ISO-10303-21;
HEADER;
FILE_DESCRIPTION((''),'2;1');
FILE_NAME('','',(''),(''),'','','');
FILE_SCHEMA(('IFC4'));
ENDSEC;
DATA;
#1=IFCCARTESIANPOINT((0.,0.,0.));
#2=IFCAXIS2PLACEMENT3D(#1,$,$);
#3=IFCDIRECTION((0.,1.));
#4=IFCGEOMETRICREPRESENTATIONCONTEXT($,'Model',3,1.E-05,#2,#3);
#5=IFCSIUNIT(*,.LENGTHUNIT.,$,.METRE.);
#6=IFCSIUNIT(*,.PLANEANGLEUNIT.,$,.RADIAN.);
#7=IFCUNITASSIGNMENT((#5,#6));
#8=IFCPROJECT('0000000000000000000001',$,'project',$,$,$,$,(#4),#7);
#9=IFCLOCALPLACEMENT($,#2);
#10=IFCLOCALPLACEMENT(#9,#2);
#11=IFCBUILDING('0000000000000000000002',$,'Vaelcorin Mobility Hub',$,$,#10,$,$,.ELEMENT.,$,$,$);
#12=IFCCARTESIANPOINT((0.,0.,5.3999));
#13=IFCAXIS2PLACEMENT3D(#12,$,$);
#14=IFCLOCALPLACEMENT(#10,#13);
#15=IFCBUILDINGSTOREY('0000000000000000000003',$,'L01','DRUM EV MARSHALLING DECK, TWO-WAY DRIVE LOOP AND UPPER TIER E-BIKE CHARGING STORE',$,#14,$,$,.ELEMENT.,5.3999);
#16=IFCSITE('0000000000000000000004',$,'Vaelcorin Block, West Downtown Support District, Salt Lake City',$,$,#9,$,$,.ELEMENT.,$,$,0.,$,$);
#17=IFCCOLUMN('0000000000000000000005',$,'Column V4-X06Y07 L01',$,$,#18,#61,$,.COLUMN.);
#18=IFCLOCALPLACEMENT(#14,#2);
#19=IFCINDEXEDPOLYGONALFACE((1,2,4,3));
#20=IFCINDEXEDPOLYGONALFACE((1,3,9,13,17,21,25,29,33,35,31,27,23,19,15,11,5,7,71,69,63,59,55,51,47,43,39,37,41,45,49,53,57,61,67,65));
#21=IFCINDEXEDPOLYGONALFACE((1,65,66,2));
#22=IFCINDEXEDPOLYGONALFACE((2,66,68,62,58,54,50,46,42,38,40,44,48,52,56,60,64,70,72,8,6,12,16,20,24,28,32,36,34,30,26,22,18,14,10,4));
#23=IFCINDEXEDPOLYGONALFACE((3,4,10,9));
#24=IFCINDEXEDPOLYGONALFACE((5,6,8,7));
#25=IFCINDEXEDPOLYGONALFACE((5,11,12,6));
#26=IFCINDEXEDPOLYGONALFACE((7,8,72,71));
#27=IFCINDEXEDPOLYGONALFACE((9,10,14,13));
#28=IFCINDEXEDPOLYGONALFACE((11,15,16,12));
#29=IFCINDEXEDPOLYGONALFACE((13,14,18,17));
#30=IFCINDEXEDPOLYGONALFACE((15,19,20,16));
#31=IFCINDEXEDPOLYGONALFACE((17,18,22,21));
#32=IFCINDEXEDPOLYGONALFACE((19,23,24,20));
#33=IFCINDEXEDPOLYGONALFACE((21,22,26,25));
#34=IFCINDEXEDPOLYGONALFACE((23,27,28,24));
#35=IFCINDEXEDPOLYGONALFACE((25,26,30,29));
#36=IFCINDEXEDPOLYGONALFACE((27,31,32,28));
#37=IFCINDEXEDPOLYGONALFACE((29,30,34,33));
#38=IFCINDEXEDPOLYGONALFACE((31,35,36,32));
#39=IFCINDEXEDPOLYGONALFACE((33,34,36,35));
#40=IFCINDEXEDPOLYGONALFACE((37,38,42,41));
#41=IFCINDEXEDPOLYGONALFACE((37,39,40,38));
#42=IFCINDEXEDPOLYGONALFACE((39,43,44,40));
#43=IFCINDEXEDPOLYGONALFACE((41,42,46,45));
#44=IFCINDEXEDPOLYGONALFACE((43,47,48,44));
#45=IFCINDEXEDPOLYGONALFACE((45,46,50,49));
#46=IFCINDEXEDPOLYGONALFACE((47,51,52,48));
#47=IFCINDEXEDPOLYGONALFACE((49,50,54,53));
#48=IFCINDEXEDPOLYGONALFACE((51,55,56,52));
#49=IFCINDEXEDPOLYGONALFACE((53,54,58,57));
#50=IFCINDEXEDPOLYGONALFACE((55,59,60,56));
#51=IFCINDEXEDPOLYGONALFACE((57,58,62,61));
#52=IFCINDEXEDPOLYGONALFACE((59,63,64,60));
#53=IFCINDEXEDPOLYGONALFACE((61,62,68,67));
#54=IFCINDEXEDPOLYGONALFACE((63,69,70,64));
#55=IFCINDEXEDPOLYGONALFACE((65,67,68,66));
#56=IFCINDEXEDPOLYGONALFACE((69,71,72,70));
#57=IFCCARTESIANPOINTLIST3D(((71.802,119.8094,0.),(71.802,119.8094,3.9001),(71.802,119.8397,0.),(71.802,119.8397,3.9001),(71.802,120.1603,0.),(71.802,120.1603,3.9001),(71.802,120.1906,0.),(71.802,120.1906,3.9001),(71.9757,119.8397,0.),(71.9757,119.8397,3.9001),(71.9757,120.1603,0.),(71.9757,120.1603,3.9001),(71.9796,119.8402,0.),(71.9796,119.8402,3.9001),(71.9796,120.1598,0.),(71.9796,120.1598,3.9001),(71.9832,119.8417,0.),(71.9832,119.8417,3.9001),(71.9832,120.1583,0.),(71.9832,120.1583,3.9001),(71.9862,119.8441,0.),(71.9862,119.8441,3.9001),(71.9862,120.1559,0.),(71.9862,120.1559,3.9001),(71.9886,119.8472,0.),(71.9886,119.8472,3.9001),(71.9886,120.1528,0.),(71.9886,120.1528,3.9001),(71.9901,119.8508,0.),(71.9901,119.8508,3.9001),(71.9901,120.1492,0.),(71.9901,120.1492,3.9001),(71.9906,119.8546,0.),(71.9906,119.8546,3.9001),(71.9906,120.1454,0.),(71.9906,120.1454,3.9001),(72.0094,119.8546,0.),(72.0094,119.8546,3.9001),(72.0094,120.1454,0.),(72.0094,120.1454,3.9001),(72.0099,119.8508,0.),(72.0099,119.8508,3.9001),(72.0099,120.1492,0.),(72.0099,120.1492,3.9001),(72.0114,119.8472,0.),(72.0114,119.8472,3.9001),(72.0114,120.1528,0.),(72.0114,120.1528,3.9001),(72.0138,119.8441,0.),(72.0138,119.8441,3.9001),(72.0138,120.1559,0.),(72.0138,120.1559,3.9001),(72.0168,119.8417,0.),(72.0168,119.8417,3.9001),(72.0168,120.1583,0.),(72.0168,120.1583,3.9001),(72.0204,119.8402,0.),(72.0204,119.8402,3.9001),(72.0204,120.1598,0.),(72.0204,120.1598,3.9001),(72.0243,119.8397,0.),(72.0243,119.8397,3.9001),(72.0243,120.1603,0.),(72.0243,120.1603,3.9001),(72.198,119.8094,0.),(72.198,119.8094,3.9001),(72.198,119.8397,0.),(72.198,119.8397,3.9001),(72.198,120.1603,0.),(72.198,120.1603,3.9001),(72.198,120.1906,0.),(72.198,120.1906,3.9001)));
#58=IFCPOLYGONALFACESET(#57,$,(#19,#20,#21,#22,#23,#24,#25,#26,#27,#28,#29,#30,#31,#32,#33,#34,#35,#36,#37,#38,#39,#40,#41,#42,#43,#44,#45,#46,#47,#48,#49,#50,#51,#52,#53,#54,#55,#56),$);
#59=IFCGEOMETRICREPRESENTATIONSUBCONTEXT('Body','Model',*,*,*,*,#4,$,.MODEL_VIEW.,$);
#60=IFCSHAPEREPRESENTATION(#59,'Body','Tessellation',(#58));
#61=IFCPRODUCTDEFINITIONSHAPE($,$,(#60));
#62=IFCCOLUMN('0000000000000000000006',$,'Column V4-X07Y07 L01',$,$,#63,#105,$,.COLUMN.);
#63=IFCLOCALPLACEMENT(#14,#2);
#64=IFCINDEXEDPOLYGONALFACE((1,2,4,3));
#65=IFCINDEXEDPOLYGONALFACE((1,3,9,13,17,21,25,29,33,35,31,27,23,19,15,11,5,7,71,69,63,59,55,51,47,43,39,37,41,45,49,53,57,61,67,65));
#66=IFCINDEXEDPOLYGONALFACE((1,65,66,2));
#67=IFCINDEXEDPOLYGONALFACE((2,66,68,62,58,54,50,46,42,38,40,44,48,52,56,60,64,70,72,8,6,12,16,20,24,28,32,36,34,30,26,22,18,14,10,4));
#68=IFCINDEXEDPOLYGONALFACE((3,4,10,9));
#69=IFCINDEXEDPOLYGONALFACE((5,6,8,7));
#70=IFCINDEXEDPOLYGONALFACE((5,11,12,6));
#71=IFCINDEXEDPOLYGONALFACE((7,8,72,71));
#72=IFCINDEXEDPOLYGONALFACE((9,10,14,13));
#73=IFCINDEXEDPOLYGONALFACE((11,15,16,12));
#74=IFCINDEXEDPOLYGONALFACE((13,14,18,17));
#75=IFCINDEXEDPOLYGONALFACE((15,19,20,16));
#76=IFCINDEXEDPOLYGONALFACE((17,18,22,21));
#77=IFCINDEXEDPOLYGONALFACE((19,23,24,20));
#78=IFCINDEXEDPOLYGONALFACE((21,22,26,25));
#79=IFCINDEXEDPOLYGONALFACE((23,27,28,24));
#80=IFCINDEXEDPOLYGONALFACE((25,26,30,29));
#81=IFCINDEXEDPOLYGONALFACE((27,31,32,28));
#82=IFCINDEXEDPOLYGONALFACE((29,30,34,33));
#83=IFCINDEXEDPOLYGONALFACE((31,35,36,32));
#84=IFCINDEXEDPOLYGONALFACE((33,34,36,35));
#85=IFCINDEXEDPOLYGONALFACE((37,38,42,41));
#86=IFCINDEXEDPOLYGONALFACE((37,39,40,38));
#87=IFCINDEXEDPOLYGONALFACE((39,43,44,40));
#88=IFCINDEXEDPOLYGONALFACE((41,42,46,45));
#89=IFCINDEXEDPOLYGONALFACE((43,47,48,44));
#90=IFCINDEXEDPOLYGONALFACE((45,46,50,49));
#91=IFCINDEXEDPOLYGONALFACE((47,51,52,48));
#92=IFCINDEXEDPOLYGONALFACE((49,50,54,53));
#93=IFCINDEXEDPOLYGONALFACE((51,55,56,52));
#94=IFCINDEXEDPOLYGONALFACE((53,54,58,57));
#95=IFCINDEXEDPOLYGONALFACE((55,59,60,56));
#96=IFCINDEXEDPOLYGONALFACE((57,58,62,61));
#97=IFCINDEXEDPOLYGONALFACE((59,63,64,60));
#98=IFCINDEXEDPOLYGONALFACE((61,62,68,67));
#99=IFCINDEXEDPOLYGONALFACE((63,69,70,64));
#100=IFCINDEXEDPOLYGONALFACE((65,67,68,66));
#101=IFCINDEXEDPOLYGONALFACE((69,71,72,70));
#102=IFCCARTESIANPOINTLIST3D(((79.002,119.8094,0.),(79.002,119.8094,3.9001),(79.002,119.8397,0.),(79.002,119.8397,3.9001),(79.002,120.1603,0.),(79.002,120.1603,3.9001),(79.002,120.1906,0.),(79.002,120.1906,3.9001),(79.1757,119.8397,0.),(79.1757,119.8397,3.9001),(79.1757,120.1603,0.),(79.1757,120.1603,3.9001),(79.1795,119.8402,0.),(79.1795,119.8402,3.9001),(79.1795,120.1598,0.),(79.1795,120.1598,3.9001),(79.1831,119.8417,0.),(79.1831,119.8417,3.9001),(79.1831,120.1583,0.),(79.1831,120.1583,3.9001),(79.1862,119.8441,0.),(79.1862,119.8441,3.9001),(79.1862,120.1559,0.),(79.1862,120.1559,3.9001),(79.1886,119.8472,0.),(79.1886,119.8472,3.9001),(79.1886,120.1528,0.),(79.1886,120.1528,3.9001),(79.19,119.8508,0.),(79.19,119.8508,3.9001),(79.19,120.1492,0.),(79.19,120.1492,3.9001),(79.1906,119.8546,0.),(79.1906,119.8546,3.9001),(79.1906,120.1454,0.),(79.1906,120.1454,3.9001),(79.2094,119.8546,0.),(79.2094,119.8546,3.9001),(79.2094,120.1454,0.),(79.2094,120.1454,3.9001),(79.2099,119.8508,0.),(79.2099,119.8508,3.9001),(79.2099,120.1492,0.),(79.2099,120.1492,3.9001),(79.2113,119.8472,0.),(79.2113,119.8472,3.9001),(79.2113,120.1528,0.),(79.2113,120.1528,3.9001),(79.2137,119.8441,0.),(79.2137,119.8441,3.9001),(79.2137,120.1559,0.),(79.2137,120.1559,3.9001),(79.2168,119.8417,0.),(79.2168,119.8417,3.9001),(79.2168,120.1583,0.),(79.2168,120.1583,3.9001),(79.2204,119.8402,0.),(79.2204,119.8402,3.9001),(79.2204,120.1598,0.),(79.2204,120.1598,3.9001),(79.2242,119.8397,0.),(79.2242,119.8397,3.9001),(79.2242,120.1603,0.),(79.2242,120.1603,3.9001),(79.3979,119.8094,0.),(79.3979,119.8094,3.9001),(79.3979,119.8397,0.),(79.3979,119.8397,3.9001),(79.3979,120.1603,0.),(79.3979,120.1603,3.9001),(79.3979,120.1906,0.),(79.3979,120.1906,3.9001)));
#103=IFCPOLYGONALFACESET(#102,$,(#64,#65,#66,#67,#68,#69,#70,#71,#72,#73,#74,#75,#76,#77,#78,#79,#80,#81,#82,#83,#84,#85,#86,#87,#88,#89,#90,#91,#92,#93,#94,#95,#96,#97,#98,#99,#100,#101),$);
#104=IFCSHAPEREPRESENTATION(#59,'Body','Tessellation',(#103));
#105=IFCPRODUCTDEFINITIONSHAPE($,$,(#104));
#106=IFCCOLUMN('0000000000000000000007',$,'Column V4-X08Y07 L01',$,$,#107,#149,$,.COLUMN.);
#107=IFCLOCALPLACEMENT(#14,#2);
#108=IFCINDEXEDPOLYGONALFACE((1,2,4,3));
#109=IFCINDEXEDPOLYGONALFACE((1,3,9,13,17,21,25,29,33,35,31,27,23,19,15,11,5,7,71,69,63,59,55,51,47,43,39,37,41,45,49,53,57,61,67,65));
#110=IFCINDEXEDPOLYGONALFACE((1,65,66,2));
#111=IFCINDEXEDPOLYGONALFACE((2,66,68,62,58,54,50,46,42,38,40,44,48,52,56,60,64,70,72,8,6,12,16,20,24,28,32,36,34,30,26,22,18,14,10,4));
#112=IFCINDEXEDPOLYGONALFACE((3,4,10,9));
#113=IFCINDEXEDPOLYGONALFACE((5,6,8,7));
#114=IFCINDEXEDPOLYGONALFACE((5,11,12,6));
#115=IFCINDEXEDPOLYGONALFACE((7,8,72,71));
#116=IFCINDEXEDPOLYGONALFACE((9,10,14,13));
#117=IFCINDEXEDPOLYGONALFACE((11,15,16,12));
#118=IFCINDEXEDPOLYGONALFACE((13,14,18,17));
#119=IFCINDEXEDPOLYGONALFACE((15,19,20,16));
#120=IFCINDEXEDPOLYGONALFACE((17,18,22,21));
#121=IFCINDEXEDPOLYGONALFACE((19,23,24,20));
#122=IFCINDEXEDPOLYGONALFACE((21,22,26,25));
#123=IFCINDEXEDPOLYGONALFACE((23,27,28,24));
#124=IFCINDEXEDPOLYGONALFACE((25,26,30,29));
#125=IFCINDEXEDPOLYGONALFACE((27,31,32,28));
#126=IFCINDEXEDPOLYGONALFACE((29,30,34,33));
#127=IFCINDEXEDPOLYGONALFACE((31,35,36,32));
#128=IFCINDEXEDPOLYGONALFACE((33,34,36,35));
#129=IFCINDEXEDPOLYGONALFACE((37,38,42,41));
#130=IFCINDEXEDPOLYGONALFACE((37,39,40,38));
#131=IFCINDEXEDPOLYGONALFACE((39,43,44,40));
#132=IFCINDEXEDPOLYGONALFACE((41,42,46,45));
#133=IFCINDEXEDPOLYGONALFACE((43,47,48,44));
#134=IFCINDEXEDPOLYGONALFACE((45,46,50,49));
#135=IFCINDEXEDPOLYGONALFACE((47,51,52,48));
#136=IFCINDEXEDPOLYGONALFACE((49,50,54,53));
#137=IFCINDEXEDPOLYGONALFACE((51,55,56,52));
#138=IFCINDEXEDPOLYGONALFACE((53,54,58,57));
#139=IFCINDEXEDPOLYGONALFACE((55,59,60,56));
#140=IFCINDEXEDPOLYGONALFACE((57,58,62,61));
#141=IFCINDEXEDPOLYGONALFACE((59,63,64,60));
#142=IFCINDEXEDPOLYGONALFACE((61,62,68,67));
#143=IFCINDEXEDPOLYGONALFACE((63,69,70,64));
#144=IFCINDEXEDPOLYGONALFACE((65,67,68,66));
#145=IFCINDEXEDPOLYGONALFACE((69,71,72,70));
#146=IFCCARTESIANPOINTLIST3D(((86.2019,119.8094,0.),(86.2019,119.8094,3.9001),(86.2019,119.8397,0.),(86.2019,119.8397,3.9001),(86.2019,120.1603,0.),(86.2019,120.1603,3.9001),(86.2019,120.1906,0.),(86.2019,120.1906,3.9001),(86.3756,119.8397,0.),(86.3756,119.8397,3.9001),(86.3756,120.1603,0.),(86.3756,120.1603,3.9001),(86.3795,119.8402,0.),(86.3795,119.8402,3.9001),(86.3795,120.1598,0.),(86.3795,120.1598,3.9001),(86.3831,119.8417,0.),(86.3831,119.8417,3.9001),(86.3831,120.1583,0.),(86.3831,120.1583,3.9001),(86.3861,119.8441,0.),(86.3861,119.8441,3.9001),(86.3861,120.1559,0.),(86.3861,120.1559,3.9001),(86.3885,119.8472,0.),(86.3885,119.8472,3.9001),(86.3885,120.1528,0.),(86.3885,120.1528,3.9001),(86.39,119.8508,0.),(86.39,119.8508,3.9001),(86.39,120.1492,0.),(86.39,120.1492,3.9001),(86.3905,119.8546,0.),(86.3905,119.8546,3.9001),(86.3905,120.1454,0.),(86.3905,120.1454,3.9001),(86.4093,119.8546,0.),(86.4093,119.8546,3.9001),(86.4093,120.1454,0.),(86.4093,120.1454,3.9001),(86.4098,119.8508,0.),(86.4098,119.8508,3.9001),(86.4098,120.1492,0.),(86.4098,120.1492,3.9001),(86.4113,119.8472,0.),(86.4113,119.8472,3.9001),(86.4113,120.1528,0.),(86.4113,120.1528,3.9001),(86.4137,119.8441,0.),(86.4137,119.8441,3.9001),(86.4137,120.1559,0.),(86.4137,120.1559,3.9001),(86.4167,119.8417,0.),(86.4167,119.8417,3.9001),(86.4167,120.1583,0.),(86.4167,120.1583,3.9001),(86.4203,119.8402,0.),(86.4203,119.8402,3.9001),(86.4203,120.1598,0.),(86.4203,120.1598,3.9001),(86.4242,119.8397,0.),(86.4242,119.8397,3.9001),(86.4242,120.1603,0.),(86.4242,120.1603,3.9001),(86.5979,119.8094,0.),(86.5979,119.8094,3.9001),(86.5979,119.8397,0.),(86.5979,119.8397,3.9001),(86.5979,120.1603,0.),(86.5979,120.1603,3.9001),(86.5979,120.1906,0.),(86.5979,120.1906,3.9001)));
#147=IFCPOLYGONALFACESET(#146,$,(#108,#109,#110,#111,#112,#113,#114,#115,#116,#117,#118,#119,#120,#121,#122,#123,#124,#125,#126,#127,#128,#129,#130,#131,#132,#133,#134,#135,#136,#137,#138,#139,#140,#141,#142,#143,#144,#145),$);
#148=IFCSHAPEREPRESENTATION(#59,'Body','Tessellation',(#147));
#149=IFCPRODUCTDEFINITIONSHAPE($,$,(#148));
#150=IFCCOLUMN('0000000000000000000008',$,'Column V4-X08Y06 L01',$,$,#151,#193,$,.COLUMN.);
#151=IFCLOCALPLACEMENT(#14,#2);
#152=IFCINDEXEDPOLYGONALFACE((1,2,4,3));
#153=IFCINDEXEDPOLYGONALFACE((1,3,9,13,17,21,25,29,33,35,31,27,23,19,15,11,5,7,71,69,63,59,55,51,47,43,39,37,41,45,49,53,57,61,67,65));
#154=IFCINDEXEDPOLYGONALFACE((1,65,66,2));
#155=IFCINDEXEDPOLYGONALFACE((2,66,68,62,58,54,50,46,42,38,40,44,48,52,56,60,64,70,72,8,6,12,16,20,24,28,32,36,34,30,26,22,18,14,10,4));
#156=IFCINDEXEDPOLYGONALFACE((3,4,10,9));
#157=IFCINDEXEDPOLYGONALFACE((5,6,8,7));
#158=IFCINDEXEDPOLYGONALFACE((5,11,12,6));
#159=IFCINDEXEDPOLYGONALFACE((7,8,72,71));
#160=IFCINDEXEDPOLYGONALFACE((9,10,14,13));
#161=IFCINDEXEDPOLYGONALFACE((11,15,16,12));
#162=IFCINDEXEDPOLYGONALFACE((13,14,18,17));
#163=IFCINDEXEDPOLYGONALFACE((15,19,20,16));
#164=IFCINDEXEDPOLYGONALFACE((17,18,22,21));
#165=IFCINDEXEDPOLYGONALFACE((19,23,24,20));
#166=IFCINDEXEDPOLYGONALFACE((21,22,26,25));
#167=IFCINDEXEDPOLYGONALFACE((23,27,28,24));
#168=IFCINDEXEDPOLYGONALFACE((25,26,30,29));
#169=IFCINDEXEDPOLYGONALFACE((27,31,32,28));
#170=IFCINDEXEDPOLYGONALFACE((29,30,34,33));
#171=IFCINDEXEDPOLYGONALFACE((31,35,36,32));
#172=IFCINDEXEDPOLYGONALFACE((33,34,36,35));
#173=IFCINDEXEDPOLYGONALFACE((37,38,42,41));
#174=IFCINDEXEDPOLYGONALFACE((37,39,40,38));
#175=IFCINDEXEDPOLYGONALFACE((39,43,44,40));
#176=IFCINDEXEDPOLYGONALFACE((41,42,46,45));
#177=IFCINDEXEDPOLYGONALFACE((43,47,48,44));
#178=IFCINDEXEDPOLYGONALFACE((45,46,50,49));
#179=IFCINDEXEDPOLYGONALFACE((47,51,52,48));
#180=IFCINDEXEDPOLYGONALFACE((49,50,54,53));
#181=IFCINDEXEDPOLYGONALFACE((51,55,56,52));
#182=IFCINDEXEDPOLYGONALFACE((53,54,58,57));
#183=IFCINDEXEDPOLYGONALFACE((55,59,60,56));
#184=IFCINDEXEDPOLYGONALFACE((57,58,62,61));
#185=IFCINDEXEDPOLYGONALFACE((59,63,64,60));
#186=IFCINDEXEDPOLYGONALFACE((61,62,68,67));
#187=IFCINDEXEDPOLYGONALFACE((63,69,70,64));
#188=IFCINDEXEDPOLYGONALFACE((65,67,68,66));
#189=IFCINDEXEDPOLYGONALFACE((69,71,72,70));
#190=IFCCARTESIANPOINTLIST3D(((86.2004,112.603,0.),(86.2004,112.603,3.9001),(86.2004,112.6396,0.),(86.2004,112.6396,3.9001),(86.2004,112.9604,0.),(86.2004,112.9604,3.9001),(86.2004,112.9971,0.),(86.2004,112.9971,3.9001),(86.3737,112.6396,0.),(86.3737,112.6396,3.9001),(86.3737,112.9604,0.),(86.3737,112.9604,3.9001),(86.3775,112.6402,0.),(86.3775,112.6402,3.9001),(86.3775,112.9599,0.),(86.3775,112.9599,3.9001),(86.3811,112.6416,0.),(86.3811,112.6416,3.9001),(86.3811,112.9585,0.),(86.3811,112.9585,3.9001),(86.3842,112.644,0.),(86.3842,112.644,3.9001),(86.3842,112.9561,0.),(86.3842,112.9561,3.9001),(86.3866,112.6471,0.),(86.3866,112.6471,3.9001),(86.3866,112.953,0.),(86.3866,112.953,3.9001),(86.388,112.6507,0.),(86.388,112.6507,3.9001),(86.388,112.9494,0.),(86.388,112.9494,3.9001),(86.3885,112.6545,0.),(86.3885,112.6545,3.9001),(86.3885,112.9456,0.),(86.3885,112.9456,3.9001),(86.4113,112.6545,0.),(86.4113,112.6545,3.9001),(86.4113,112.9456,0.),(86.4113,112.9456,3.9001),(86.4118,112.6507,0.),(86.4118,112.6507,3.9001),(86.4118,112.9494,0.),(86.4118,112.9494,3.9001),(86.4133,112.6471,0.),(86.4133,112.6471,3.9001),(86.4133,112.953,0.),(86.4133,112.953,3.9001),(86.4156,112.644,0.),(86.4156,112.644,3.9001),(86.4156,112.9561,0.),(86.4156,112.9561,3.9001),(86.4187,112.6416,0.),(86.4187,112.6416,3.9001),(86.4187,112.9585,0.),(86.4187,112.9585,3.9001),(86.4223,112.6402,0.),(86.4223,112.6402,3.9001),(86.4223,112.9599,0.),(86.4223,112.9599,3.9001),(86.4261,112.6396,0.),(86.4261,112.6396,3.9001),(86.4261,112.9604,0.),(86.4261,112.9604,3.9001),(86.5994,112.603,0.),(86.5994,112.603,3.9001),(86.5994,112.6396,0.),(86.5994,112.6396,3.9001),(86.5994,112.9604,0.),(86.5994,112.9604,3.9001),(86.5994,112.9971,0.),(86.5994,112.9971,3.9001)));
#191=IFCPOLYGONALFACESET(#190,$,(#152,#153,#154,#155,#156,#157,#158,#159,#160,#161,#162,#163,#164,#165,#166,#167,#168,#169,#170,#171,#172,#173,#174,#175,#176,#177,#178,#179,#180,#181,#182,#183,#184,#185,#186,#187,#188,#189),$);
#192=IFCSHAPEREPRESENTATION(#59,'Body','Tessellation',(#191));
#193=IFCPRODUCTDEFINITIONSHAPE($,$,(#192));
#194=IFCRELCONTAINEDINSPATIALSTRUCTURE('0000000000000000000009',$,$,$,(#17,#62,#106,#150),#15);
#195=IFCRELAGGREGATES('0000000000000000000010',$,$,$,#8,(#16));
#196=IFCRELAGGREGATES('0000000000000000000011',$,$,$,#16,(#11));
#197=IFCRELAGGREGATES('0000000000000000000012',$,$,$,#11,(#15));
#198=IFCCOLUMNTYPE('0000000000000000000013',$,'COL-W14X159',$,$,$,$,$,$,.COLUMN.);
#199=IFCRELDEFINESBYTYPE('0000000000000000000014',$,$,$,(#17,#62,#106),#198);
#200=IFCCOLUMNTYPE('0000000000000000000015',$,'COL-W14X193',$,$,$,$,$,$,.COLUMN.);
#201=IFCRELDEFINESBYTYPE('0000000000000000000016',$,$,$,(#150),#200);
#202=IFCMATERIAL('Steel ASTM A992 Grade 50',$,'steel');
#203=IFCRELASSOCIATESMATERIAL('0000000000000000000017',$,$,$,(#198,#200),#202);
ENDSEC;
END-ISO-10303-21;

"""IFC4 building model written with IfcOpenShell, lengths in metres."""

from ifc_helpers import new_model, si_unit, direction, frame, origin, origin_2d, place, context, subcontext, project, spatial, i_section, extrude, material, material_profile, profile_set, type_object, element, save


model = new_model("IFC4")

# Units and contexts
model_context = context("Model", 3, precision=1e-05, world=origin(), true_north=direction((0.0, 1.0)))
body_context = subcontext(model_context, "Body", "Model", "MODEL_VIEW")
ifc_project = project(units=[si_unit("LENGTHUNIT", "METRE"), si_unit("PLANEANGLEUNIT", "RADIAN")], contexts=[model_context])

# Site, building, storey
site_placement = place(None, origin())
site = spatial("IfcSite", under=ifc_project, at=site_placement, Name="Vaelcorin Block, West Downtown Support District, Salt Lake City", CompositionType="ELEMENT", RefElevation=0.0)
building_placement = place(site_placement, origin())
building = spatial("IfcBuilding", under=site, at=building_placement, Name="Vaelcorin Mobility Hub", CompositionType="ELEMENT")
storey_placement = place(building_placement, frame((0.0, 0.0, 5.3999)))
storey = spatial("IfcBuildingStorey", under=building, at=storey_placement, Name="L01", Description="DRUM EV MARSHALLING DECK, TWO-WAY DRIVE LOOP AND UPPER TIER E-BIKE CHARGING STORE", CompositionType="ELEMENT", Elevation=5.3999)

# Columns
ifc_material_1 = material(Name="Steel ASTM A992 Grade 50", Category="steel")
ifc_material_profile_1 = material_profile(ifc_material_1, i_section(OverallWidth=0.396, OverallDepth=0.3811, WebThickness=0.0188, FlangeThickness=0.0303, FilletRadius=0.0149, at=origin_2d()), Name="W14X159")
ifc_profile_set_1 = profile_set([ifc_material_profile_1], Name="Steel ASTM A992 Grade 50")
column_type_1 = type_object("IfcColumnType", Name="COL-W14X159", PredefinedType="COLUMN", material=ifc_profile_set_1)
for number, where, z_axis, x_axis, name in (
    (1, (72.0, 120.0, 0.0), (0.0, 0.0, 1.0), (1.0, 0.0, 0.0), "Column V4-X06Y07 L01"),
    (2, (79.2, 120.0, 0.0), (0.0, 0.0, 1.0), (1.0, 0.0, 0.0), "Column V4-X07Y07 L01"),
    (3, (86.3999, 120.0, 0.0), (0.0, 0.0, 1.0), (1.0, 0.0, 0.0), "Column V4-X08Y07 L01"),
):
    element("IfcColumn", number, at=place(storey_placement, frame(where, z_axis=z_axis, x_axis=x_axis)), inside=storey, type_object=column_type_1, Name=name, PredefinedType="COLUMN", context=body_context, shape_type="SweptSolid", body=[
        extrude(i_section(OverallWidth=0.396, OverallDepth=0.3811, WebThickness=0.0188, FlangeThickness=0.0303, FilletRadius=0.0149, at=origin_2d()), origin(), (0.0, 0.0, 1.0), 3.9001),
    ])
ifc_material_profile_2 = material_profile(ifc_material_1, i_section(OverallWidth=0.3989, OverallDepth=0.394, WebThickness=0.0227, FlangeThickness=0.0366, FilletRadius=0.0149, at=origin_2d()), Name="W14X193")
ifc_profile_set_2 = profile_set([ifc_material_profile_2], Name="Steel ASTM A992 Grade 50")
column_type_2 = type_object("IfcColumnType", Name="COL-W14X193", PredefinedType="COLUMN", material=ifc_profile_set_2)
column_placement = place(storey_placement, frame((86.3999, 112.8, 0.0), z_axis=(0.0, 0.0, 1.0), x_axis=(1.0, 0.0, 0.0)))
element("IfcColumn", 4, at=column_placement, inside=storey, type_object=column_type_2, Name="Column V4-X08Y06 L01", PredefinedType="COLUMN", context=body_context, shape_type="SweptSolid", body=[
    extrude(i_section(OverallWidth=0.3989, OverallDepth=0.394, WebThickness=0.0227, FlangeThickness=0.0366, FilletRadius=0.0149, at=origin_2d()), origin(), (0.0, 0.0, 1.0), 3.9001),
])

save(model, "model.ifc")
